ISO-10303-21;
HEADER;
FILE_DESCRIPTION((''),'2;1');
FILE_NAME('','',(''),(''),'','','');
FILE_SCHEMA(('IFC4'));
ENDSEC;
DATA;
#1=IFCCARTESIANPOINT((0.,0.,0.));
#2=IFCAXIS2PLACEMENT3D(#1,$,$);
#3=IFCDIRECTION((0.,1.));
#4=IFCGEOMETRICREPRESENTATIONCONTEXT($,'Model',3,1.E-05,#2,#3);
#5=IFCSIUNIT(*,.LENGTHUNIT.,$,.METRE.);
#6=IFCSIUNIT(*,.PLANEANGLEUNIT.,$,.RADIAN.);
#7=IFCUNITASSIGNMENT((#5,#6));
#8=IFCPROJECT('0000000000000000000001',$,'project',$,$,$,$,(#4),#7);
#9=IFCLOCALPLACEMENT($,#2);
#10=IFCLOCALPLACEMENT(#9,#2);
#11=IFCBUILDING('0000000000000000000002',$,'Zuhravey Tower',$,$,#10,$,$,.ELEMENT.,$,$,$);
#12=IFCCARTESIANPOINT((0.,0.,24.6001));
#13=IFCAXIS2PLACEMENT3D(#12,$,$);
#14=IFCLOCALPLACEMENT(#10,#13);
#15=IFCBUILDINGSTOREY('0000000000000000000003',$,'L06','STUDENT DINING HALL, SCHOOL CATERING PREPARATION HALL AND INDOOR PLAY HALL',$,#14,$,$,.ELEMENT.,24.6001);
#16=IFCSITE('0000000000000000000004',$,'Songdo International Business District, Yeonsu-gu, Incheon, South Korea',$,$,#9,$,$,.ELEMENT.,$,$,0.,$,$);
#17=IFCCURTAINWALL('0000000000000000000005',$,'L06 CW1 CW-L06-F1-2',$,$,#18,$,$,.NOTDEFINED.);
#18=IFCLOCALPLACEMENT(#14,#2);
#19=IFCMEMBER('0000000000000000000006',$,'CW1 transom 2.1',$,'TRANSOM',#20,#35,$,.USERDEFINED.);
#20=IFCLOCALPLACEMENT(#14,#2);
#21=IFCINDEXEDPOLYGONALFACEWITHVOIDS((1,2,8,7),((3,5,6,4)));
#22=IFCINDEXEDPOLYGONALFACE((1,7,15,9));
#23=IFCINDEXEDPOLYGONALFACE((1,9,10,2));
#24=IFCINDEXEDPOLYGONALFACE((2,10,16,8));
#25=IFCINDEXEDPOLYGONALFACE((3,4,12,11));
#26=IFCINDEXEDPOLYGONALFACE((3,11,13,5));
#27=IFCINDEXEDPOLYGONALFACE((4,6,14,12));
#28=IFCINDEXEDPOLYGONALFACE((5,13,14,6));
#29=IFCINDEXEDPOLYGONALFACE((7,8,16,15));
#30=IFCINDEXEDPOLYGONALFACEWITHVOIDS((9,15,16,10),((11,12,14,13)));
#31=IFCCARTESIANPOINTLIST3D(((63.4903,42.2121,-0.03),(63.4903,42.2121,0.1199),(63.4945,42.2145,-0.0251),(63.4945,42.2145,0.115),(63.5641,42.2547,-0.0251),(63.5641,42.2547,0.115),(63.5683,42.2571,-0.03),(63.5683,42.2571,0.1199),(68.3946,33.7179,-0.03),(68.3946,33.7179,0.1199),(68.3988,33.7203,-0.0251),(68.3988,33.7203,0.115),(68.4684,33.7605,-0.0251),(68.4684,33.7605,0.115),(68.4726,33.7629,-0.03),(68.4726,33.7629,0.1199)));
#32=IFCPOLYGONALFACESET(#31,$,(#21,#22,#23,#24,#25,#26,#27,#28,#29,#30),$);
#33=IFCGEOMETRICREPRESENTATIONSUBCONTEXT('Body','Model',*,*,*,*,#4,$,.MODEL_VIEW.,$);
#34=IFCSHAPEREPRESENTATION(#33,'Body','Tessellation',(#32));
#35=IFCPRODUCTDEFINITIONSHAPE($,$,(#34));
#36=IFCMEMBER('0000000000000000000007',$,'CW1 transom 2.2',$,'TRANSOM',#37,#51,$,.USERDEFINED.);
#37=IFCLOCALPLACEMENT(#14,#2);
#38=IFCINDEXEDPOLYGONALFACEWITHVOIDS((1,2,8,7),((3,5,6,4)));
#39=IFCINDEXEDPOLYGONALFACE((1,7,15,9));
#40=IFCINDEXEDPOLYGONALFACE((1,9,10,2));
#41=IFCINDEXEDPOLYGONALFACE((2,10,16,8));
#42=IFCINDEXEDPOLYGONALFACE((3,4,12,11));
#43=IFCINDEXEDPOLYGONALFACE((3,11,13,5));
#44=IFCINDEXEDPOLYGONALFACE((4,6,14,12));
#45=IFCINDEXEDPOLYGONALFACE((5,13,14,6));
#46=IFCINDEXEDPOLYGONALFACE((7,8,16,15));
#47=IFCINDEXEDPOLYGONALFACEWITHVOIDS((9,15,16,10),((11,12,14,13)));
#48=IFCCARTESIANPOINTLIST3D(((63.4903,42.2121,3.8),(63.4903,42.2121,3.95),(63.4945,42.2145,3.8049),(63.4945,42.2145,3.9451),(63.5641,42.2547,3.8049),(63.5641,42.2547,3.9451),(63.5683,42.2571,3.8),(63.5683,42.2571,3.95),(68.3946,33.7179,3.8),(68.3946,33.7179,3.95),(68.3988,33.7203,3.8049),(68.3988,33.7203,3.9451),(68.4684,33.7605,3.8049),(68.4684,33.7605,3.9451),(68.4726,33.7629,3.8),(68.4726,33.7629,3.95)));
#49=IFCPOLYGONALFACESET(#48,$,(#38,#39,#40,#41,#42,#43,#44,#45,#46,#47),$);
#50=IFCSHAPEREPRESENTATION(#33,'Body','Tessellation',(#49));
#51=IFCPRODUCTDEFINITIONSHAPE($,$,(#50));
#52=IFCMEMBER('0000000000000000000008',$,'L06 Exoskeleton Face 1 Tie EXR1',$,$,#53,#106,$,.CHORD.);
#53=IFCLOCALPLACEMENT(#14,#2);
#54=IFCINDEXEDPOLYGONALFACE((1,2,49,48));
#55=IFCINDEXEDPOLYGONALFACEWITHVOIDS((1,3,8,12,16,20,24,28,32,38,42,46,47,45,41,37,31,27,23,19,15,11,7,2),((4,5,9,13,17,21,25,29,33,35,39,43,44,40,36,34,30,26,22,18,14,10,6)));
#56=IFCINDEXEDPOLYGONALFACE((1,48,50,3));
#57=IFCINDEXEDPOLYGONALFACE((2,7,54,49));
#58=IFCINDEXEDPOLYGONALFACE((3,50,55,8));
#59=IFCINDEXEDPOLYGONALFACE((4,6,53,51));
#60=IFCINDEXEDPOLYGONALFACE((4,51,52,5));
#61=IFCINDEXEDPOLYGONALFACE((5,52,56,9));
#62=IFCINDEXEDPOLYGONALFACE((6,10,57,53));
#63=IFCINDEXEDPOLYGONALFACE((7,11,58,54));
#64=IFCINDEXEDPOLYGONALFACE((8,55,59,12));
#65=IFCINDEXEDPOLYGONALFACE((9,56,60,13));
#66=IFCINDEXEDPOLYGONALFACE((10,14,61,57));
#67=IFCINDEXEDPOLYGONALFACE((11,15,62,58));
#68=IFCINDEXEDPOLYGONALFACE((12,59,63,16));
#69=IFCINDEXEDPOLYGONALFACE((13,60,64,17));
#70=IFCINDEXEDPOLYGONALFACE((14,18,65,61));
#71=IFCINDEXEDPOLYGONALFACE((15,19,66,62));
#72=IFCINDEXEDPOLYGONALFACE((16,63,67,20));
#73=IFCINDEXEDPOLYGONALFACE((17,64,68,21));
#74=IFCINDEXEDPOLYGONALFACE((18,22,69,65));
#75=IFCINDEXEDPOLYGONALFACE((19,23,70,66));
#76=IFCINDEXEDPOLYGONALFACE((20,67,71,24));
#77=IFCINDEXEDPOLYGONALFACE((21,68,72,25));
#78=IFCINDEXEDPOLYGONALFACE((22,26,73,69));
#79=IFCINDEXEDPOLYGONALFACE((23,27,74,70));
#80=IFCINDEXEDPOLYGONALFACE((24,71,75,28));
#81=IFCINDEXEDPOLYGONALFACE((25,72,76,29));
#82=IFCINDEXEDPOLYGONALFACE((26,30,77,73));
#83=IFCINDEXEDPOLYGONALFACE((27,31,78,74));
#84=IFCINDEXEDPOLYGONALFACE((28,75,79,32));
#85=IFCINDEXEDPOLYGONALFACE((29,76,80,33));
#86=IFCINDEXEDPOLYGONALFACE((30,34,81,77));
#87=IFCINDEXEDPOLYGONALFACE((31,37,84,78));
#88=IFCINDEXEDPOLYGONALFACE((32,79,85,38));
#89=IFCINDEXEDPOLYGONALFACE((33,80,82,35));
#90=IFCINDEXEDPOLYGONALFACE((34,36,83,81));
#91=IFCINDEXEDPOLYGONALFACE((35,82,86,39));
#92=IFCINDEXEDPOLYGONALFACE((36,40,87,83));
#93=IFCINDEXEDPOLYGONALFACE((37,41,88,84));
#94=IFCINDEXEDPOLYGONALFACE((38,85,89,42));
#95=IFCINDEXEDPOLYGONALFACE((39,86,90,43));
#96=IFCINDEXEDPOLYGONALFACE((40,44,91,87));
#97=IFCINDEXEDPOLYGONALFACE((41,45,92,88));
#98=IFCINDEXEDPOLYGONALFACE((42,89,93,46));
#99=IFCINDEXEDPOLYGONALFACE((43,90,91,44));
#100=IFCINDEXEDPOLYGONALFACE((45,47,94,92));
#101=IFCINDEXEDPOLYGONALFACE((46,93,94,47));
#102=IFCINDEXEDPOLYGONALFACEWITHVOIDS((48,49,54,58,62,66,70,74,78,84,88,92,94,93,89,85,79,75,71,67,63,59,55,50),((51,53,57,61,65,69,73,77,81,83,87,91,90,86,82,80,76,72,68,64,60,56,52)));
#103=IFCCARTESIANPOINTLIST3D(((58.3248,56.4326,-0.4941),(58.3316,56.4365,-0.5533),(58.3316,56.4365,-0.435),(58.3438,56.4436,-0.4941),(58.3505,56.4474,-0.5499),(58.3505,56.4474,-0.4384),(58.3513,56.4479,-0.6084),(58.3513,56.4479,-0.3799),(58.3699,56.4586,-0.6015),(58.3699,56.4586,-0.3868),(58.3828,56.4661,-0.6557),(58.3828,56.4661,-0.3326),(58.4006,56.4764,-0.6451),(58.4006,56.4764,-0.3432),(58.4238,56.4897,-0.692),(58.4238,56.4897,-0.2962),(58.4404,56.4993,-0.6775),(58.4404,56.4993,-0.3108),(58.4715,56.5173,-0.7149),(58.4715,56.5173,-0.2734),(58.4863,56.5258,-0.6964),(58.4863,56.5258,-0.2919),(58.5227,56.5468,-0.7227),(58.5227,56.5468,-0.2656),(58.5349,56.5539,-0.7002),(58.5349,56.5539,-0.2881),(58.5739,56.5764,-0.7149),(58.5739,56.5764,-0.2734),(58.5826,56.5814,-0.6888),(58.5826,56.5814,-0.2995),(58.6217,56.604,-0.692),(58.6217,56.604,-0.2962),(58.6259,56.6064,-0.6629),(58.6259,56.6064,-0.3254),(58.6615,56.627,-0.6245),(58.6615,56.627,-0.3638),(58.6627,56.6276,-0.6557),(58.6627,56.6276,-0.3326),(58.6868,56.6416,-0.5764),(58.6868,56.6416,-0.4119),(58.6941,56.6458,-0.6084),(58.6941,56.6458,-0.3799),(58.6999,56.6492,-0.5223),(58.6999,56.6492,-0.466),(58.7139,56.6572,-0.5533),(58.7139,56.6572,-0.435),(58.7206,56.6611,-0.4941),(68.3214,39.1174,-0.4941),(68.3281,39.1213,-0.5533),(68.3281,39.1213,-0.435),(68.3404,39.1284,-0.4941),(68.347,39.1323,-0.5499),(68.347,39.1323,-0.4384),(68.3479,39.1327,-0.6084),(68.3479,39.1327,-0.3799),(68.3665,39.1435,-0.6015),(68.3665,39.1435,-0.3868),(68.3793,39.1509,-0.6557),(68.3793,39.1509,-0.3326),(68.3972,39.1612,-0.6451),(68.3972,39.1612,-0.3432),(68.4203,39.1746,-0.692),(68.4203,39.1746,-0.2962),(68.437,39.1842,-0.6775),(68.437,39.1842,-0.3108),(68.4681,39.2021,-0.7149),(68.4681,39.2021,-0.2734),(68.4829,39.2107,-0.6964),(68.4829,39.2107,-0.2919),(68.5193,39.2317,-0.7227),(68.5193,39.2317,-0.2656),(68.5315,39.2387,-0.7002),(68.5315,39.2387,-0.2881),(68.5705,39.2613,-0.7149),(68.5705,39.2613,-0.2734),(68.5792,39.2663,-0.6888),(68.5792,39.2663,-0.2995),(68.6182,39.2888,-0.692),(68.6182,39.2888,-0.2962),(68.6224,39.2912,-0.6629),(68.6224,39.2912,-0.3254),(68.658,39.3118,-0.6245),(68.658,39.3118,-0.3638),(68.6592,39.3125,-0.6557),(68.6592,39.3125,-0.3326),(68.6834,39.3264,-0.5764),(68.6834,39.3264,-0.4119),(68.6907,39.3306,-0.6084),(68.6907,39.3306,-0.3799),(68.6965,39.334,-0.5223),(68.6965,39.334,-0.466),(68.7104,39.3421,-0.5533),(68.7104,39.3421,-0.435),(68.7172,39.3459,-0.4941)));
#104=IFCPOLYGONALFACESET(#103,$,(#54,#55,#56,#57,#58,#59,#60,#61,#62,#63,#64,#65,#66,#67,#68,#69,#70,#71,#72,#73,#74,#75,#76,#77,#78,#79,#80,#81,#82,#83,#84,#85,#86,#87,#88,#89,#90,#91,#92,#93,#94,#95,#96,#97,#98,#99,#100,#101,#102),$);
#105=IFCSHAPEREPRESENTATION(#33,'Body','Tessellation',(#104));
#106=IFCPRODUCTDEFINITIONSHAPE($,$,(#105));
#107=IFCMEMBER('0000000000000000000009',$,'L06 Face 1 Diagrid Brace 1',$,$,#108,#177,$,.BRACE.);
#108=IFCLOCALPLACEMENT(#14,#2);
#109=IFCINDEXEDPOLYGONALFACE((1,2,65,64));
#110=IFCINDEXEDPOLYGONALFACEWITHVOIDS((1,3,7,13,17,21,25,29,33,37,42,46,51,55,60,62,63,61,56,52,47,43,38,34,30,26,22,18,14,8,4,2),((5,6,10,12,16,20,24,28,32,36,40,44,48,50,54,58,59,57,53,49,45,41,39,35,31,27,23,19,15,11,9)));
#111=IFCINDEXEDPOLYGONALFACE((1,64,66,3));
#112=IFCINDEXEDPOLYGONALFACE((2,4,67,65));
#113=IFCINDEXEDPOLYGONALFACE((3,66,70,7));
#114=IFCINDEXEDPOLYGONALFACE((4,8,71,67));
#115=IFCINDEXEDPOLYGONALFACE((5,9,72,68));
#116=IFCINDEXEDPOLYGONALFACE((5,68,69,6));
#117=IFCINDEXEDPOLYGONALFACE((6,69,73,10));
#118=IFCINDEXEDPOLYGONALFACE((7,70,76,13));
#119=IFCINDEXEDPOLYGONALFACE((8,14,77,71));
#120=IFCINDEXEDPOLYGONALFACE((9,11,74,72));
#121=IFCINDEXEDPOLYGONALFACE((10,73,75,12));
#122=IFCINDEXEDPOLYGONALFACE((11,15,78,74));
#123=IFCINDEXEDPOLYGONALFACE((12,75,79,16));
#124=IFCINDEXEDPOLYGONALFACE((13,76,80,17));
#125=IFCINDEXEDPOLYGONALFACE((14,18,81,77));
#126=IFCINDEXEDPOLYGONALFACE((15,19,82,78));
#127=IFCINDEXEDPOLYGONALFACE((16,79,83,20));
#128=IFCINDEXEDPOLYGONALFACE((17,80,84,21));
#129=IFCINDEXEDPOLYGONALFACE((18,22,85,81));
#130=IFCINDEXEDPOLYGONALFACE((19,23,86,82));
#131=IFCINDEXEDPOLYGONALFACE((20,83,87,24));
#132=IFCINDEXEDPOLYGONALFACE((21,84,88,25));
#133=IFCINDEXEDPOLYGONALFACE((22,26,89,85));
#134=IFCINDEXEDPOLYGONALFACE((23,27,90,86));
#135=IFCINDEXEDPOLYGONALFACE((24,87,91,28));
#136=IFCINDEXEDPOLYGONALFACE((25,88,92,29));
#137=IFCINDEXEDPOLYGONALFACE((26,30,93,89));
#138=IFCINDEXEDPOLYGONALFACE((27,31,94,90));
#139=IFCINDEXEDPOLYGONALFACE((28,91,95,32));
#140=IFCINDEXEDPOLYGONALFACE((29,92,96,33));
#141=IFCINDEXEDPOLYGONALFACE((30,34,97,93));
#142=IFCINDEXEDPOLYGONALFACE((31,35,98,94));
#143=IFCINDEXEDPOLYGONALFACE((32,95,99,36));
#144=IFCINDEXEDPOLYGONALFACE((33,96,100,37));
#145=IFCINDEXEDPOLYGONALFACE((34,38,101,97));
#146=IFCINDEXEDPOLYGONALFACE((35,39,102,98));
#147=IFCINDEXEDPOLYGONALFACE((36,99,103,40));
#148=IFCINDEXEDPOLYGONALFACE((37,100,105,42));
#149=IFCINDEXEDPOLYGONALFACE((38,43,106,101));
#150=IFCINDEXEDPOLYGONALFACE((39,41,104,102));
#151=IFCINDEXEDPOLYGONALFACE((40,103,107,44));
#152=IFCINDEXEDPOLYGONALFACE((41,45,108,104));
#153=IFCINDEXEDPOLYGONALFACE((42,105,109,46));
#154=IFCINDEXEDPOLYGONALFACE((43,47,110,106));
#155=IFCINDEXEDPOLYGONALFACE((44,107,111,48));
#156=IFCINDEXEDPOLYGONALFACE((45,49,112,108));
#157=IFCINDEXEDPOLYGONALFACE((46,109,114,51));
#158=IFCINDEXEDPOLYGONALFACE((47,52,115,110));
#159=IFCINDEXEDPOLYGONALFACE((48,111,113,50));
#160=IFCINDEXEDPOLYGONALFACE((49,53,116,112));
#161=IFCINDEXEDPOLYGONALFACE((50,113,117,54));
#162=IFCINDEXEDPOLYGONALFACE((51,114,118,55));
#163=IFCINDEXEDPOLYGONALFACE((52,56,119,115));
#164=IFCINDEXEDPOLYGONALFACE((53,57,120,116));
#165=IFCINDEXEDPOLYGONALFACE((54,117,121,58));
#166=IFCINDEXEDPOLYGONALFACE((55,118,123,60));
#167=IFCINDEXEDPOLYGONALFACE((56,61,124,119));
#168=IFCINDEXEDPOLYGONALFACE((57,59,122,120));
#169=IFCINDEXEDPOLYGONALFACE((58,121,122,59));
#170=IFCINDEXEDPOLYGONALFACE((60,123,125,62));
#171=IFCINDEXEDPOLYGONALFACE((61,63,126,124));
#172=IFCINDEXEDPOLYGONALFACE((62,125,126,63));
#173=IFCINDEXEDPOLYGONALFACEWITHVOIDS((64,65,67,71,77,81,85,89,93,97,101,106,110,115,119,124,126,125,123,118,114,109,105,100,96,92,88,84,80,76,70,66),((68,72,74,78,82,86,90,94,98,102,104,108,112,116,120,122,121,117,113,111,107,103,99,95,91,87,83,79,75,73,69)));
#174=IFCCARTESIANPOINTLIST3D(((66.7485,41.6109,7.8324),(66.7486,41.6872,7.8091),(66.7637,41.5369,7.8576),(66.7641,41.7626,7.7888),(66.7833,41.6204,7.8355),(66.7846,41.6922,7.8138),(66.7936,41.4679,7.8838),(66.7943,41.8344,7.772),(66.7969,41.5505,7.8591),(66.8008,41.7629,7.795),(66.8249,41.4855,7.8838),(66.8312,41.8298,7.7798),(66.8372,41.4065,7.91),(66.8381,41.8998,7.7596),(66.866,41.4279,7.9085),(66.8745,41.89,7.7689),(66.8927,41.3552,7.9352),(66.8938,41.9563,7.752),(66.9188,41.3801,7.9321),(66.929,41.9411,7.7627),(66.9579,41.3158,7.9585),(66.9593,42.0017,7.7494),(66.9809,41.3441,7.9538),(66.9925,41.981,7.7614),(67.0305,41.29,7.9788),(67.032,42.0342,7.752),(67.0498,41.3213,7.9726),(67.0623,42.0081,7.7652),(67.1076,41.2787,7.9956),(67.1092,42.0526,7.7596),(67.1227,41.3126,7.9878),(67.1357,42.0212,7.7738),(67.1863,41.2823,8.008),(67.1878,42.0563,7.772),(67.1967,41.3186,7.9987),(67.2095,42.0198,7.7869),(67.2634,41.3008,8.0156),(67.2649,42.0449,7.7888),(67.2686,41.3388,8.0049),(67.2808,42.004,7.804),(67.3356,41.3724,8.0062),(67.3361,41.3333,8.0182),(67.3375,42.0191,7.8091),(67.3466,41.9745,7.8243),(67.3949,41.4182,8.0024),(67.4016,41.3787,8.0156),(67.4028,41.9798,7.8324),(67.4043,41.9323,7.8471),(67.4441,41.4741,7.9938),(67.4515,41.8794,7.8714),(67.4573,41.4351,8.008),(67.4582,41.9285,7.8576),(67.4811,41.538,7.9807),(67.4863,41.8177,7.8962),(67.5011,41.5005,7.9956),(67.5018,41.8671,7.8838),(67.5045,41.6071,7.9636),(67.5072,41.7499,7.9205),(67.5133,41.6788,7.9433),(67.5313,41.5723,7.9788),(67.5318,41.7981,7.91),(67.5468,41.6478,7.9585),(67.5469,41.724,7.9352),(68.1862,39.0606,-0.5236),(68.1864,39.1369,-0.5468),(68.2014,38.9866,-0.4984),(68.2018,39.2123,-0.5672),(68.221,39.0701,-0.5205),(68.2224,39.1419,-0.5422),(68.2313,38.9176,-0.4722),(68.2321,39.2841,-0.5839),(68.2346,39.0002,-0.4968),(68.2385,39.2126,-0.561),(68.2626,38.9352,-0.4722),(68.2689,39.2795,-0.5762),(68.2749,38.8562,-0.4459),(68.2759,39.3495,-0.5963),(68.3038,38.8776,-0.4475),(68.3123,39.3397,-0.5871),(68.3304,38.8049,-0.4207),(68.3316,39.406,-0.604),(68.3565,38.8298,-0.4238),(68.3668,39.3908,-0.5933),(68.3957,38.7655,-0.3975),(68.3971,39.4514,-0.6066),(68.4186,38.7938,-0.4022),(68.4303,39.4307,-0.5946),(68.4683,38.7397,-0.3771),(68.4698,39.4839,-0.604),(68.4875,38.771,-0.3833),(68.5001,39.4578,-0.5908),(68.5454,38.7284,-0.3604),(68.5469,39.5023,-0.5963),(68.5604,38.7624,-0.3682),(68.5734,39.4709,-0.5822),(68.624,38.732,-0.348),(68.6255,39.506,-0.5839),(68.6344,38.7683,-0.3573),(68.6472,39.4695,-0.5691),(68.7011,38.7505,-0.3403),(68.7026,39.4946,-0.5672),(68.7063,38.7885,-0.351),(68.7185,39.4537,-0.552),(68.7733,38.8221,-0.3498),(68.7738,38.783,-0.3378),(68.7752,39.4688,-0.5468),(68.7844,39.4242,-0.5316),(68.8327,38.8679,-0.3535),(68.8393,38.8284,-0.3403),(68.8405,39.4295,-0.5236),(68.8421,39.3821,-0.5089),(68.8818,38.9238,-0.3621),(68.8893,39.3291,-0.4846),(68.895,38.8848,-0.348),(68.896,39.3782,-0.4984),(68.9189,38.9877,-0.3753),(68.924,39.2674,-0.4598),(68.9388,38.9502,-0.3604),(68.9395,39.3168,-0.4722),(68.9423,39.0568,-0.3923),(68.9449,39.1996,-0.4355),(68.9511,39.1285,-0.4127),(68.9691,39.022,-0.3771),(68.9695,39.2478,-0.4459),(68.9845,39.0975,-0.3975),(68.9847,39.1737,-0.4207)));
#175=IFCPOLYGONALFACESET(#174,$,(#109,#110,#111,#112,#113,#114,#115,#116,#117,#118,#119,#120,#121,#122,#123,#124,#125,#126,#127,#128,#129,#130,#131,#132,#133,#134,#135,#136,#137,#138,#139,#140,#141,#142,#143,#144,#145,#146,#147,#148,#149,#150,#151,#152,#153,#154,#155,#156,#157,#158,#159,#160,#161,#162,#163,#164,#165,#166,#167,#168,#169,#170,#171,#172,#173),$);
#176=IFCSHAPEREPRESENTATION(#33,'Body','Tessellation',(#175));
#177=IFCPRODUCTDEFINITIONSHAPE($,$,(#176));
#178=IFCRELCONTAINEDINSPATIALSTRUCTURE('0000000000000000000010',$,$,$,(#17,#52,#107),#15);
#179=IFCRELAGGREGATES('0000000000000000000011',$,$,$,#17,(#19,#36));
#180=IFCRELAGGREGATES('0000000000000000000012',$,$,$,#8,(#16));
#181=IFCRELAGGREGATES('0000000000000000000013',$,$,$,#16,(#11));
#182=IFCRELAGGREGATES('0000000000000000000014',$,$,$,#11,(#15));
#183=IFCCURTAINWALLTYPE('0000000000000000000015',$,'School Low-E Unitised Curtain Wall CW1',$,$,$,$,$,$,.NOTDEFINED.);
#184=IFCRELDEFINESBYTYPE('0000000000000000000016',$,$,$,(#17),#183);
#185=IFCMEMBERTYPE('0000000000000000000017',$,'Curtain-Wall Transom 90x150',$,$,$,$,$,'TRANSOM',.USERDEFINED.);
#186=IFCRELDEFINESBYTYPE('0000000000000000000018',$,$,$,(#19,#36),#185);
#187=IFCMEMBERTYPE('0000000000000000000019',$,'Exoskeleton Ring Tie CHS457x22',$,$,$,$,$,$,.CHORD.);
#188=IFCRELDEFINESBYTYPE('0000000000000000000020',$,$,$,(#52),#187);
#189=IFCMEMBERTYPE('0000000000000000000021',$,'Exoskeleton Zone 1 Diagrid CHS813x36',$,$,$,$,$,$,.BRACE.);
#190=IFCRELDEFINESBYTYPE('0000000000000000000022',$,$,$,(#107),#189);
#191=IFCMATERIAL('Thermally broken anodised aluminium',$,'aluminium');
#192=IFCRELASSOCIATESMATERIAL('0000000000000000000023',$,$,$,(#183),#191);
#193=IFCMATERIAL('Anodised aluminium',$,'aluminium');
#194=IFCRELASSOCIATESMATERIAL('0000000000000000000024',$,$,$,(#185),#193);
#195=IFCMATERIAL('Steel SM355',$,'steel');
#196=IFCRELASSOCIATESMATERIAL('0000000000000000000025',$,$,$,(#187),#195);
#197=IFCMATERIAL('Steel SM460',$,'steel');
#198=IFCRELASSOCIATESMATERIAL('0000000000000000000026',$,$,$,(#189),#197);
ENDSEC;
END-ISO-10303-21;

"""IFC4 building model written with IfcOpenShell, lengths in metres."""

from ifc_helpers import new_model, si_unit, direction, frame, origin, origin_2d, place, context, subcontext, project, spatial, hollow_rectangle, hollow_circle, extrude, material, material_profile, profile_set, type_object, element, aggregate, save


model = new_model("IFC4")

# Units and contexts
model_context = context("Model", 3, precision=1e-05, world=origin(), true_north=direction((0.0, 1.0)))
body_context = subcontext(model_context, "Body", "Model", "MODEL_VIEW")
ifc_project = project(units=[si_unit("LENGTHUNIT", "METRE"), si_unit("PLANEANGLEUNIT", "RADIAN")], contexts=[model_context])

# Site, building, storey
site_placement = place(None, origin())
site = spatial("IfcSite", under=ifc_project, at=site_placement, Name="Songdo International Business District, Yeonsu-gu, Incheon, South Korea", CompositionType="ELEMENT", RefElevation=0.0)
building_placement = place(site_placement, origin())
building = spatial("IfcBuilding", under=site, at=building_placement, Name="Zuhravey Tower", CompositionType="ELEMENT")
storey_placement = place(building_placement, frame((0.0, 0.0, 24.6001)))
storey = spatial("IfcBuildingStorey", under=building, at=storey_placement, Name="L06", Description="STUDENT DINING HALL, SCHOOL CATERING PREPARATION HALL AND INDOOR PLAY HALL", CompositionType="ELEMENT", Elevation=24.6001)

# Shared definitions
ifc_material_1 = material(Name="Thermally broken anodised aluminium", Category="aluminium")
curtain_wall_type = type_object("IfcCurtainWallType", Name="School Low-E Unitised Curtain Wall CW1", PredefinedType="NOTDEFINED", material=ifc_material_1)
ifc_material_2 = material(Name="Anodised aluminium", Category="aluminium")

# Curtain wall
curtain_wall_1_placement = place(storey_placement, origin())
curtain_wall_1 = element("IfcCurtainWall", 1, at=curtain_wall_1_placement, inside=storey, type_object=curtain_wall_type, Name="L06 CW1 CW-L06-F1-2", PredefinedType="NOTDEFINED")

# Members
ifc_material_profile_1 = material_profile(ifc_material_2, hollow_rectangle(XDim=0.0901, YDim=0.1499, WallThickness=0.0049, at=origin_2d()), Name="ALU-RHS-90x150x5")
ifc_profile_set_1 = profile_set([ifc_material_profile_1], Name="Anodised aluminium")
member_type_1 = type_object("IfcMemberType", Name="Curtain-Wall Transom 90x150", ElementType="TRANSOM", PredefinedType="USERDEFINED", material=ifc_profile_set_1)
member_1_placement = place(storey_placement, frame((63.5293, 42.2346, 0.0449), z_axis=(0.500015, -0.866016, 0.0), x_axis=(0.866016, 0.500015, 0.0)))
member_1 = element("IfcMember", 2, at=member_1_placement, type_object=member_type_1, Name="CW1 transom 2.1", ObjectType="TRANSOM", PredefinedType="USERDEFINED", context=body_context, shape_type="SweptSolid", body=[
    extrude(hollow_rectangle(XDim=0.0901, YDim=0.1499, WallThickness=0.0049, at=origin_2d()), origin(), (0.0, 0.0, 1.0), 9.8083),
])
member_2_placement = place(storey_placement, frame((63.5293, 42.2346, 3.875), z_axis=(0.500015, -0.866016, 0.0), x_axis=(0.866016, 0.500015, 0.0)))
member_2 = element("IfcMember", 3, at=member_2_placement, type_object=member_type_1, Name="CW1 transom 2.2", ObjectType="TRANSOM", PredefinedType="USERDEFINED", context=body_context, shape_type="SweptSolid", body=[
    extrude(hollow_rectangle(XDim=0.0901, YDim=0.1499, WallThickness=0.0049, at=origin_2d()), origin(), (0.0, 0.0, 1.0), 9.8083),
])

# Members
ifc_material_3 = material(Name="Steel SM355", Category="steel")
ifc_material_profile_2 = material_profile(ifc_material_3, hollow_circle(Radius=0.2285, WallThickness=0.022, at=origin_2d()), Name="CHS-457.2x22")
ifc_profile_set_2 = profile_set([ifc_material_profile_2], Name="Steel SM355")
member_type_2 = type_object("IfcMemberType", Name="Exoskeleton Ring Tie CHS457x22", PredefinedType="CHORD", material=ifc_profile_set_2)
member_3_placement = place(storey_placement, frame((68.5193, 39.2317, -0.4941), z_axis=(-0.499987, 0.866033, 0.0), x_axis=(-0.866033, -0.499987, 0.0)))
element("IfcMember", 4, at=member_3_placement, inside=storey, type_object=member_type_2, Name="L06 Exoskeleton Face 1 Tie EXR1", PredefinedType="CHORD", context=body_context, shape_type="SweptSolid", body=[
    extrude(hollow_circle(Radius=0.2285, WallThickness=0.022, at=origin_2d()), origin(), (0.0, 0.0, 1.0), 19.9937),
])
ifc_material_4 = material(Name="Steel SM460", Category="steel")
ifc_material_profile_3 = material_profile(ifc_material_4, hollow_circle(Radius=0.4065, WallThickness=0.0359, at=origin_2d()), Name="CHS-812.8x36")
ifc_profile_set_3 = profile_set([ifc_material_profile_3], Name="Steel SM460")
member_type_3 = type_object("IfcMemberType", Name="Exoskeleton Zone 1 Diagrid CHS813x36", PredefinedType="BRACE", material=ifc_profile_set_3)
member_4_placement = place(storey_placement, frame((68.5854, 39.1172, -0.4722), z_axis=(-0.162384, 0.288039, 0.943751), x_axis=(-0.871107, -0.491092, 0.0)))
element("IfcMember", 5, at=member_4_placement, inside=storey, type_object=member_type_3, Name="L06 Face 1 Diagrid Brace 1", PredefinedType="BRACE", context=body_context, shape_type="SweptSolid", body=[
    extrude(hollow_circle(Radius=0.4065, WallThickness=0.0359, at=origin_2d()), origin(), (0.0, 0.0, 1.0), 8.854),
])

aggregate(curtain_wall_1, [member_1, member_2])

save(model, "model.ifc")
